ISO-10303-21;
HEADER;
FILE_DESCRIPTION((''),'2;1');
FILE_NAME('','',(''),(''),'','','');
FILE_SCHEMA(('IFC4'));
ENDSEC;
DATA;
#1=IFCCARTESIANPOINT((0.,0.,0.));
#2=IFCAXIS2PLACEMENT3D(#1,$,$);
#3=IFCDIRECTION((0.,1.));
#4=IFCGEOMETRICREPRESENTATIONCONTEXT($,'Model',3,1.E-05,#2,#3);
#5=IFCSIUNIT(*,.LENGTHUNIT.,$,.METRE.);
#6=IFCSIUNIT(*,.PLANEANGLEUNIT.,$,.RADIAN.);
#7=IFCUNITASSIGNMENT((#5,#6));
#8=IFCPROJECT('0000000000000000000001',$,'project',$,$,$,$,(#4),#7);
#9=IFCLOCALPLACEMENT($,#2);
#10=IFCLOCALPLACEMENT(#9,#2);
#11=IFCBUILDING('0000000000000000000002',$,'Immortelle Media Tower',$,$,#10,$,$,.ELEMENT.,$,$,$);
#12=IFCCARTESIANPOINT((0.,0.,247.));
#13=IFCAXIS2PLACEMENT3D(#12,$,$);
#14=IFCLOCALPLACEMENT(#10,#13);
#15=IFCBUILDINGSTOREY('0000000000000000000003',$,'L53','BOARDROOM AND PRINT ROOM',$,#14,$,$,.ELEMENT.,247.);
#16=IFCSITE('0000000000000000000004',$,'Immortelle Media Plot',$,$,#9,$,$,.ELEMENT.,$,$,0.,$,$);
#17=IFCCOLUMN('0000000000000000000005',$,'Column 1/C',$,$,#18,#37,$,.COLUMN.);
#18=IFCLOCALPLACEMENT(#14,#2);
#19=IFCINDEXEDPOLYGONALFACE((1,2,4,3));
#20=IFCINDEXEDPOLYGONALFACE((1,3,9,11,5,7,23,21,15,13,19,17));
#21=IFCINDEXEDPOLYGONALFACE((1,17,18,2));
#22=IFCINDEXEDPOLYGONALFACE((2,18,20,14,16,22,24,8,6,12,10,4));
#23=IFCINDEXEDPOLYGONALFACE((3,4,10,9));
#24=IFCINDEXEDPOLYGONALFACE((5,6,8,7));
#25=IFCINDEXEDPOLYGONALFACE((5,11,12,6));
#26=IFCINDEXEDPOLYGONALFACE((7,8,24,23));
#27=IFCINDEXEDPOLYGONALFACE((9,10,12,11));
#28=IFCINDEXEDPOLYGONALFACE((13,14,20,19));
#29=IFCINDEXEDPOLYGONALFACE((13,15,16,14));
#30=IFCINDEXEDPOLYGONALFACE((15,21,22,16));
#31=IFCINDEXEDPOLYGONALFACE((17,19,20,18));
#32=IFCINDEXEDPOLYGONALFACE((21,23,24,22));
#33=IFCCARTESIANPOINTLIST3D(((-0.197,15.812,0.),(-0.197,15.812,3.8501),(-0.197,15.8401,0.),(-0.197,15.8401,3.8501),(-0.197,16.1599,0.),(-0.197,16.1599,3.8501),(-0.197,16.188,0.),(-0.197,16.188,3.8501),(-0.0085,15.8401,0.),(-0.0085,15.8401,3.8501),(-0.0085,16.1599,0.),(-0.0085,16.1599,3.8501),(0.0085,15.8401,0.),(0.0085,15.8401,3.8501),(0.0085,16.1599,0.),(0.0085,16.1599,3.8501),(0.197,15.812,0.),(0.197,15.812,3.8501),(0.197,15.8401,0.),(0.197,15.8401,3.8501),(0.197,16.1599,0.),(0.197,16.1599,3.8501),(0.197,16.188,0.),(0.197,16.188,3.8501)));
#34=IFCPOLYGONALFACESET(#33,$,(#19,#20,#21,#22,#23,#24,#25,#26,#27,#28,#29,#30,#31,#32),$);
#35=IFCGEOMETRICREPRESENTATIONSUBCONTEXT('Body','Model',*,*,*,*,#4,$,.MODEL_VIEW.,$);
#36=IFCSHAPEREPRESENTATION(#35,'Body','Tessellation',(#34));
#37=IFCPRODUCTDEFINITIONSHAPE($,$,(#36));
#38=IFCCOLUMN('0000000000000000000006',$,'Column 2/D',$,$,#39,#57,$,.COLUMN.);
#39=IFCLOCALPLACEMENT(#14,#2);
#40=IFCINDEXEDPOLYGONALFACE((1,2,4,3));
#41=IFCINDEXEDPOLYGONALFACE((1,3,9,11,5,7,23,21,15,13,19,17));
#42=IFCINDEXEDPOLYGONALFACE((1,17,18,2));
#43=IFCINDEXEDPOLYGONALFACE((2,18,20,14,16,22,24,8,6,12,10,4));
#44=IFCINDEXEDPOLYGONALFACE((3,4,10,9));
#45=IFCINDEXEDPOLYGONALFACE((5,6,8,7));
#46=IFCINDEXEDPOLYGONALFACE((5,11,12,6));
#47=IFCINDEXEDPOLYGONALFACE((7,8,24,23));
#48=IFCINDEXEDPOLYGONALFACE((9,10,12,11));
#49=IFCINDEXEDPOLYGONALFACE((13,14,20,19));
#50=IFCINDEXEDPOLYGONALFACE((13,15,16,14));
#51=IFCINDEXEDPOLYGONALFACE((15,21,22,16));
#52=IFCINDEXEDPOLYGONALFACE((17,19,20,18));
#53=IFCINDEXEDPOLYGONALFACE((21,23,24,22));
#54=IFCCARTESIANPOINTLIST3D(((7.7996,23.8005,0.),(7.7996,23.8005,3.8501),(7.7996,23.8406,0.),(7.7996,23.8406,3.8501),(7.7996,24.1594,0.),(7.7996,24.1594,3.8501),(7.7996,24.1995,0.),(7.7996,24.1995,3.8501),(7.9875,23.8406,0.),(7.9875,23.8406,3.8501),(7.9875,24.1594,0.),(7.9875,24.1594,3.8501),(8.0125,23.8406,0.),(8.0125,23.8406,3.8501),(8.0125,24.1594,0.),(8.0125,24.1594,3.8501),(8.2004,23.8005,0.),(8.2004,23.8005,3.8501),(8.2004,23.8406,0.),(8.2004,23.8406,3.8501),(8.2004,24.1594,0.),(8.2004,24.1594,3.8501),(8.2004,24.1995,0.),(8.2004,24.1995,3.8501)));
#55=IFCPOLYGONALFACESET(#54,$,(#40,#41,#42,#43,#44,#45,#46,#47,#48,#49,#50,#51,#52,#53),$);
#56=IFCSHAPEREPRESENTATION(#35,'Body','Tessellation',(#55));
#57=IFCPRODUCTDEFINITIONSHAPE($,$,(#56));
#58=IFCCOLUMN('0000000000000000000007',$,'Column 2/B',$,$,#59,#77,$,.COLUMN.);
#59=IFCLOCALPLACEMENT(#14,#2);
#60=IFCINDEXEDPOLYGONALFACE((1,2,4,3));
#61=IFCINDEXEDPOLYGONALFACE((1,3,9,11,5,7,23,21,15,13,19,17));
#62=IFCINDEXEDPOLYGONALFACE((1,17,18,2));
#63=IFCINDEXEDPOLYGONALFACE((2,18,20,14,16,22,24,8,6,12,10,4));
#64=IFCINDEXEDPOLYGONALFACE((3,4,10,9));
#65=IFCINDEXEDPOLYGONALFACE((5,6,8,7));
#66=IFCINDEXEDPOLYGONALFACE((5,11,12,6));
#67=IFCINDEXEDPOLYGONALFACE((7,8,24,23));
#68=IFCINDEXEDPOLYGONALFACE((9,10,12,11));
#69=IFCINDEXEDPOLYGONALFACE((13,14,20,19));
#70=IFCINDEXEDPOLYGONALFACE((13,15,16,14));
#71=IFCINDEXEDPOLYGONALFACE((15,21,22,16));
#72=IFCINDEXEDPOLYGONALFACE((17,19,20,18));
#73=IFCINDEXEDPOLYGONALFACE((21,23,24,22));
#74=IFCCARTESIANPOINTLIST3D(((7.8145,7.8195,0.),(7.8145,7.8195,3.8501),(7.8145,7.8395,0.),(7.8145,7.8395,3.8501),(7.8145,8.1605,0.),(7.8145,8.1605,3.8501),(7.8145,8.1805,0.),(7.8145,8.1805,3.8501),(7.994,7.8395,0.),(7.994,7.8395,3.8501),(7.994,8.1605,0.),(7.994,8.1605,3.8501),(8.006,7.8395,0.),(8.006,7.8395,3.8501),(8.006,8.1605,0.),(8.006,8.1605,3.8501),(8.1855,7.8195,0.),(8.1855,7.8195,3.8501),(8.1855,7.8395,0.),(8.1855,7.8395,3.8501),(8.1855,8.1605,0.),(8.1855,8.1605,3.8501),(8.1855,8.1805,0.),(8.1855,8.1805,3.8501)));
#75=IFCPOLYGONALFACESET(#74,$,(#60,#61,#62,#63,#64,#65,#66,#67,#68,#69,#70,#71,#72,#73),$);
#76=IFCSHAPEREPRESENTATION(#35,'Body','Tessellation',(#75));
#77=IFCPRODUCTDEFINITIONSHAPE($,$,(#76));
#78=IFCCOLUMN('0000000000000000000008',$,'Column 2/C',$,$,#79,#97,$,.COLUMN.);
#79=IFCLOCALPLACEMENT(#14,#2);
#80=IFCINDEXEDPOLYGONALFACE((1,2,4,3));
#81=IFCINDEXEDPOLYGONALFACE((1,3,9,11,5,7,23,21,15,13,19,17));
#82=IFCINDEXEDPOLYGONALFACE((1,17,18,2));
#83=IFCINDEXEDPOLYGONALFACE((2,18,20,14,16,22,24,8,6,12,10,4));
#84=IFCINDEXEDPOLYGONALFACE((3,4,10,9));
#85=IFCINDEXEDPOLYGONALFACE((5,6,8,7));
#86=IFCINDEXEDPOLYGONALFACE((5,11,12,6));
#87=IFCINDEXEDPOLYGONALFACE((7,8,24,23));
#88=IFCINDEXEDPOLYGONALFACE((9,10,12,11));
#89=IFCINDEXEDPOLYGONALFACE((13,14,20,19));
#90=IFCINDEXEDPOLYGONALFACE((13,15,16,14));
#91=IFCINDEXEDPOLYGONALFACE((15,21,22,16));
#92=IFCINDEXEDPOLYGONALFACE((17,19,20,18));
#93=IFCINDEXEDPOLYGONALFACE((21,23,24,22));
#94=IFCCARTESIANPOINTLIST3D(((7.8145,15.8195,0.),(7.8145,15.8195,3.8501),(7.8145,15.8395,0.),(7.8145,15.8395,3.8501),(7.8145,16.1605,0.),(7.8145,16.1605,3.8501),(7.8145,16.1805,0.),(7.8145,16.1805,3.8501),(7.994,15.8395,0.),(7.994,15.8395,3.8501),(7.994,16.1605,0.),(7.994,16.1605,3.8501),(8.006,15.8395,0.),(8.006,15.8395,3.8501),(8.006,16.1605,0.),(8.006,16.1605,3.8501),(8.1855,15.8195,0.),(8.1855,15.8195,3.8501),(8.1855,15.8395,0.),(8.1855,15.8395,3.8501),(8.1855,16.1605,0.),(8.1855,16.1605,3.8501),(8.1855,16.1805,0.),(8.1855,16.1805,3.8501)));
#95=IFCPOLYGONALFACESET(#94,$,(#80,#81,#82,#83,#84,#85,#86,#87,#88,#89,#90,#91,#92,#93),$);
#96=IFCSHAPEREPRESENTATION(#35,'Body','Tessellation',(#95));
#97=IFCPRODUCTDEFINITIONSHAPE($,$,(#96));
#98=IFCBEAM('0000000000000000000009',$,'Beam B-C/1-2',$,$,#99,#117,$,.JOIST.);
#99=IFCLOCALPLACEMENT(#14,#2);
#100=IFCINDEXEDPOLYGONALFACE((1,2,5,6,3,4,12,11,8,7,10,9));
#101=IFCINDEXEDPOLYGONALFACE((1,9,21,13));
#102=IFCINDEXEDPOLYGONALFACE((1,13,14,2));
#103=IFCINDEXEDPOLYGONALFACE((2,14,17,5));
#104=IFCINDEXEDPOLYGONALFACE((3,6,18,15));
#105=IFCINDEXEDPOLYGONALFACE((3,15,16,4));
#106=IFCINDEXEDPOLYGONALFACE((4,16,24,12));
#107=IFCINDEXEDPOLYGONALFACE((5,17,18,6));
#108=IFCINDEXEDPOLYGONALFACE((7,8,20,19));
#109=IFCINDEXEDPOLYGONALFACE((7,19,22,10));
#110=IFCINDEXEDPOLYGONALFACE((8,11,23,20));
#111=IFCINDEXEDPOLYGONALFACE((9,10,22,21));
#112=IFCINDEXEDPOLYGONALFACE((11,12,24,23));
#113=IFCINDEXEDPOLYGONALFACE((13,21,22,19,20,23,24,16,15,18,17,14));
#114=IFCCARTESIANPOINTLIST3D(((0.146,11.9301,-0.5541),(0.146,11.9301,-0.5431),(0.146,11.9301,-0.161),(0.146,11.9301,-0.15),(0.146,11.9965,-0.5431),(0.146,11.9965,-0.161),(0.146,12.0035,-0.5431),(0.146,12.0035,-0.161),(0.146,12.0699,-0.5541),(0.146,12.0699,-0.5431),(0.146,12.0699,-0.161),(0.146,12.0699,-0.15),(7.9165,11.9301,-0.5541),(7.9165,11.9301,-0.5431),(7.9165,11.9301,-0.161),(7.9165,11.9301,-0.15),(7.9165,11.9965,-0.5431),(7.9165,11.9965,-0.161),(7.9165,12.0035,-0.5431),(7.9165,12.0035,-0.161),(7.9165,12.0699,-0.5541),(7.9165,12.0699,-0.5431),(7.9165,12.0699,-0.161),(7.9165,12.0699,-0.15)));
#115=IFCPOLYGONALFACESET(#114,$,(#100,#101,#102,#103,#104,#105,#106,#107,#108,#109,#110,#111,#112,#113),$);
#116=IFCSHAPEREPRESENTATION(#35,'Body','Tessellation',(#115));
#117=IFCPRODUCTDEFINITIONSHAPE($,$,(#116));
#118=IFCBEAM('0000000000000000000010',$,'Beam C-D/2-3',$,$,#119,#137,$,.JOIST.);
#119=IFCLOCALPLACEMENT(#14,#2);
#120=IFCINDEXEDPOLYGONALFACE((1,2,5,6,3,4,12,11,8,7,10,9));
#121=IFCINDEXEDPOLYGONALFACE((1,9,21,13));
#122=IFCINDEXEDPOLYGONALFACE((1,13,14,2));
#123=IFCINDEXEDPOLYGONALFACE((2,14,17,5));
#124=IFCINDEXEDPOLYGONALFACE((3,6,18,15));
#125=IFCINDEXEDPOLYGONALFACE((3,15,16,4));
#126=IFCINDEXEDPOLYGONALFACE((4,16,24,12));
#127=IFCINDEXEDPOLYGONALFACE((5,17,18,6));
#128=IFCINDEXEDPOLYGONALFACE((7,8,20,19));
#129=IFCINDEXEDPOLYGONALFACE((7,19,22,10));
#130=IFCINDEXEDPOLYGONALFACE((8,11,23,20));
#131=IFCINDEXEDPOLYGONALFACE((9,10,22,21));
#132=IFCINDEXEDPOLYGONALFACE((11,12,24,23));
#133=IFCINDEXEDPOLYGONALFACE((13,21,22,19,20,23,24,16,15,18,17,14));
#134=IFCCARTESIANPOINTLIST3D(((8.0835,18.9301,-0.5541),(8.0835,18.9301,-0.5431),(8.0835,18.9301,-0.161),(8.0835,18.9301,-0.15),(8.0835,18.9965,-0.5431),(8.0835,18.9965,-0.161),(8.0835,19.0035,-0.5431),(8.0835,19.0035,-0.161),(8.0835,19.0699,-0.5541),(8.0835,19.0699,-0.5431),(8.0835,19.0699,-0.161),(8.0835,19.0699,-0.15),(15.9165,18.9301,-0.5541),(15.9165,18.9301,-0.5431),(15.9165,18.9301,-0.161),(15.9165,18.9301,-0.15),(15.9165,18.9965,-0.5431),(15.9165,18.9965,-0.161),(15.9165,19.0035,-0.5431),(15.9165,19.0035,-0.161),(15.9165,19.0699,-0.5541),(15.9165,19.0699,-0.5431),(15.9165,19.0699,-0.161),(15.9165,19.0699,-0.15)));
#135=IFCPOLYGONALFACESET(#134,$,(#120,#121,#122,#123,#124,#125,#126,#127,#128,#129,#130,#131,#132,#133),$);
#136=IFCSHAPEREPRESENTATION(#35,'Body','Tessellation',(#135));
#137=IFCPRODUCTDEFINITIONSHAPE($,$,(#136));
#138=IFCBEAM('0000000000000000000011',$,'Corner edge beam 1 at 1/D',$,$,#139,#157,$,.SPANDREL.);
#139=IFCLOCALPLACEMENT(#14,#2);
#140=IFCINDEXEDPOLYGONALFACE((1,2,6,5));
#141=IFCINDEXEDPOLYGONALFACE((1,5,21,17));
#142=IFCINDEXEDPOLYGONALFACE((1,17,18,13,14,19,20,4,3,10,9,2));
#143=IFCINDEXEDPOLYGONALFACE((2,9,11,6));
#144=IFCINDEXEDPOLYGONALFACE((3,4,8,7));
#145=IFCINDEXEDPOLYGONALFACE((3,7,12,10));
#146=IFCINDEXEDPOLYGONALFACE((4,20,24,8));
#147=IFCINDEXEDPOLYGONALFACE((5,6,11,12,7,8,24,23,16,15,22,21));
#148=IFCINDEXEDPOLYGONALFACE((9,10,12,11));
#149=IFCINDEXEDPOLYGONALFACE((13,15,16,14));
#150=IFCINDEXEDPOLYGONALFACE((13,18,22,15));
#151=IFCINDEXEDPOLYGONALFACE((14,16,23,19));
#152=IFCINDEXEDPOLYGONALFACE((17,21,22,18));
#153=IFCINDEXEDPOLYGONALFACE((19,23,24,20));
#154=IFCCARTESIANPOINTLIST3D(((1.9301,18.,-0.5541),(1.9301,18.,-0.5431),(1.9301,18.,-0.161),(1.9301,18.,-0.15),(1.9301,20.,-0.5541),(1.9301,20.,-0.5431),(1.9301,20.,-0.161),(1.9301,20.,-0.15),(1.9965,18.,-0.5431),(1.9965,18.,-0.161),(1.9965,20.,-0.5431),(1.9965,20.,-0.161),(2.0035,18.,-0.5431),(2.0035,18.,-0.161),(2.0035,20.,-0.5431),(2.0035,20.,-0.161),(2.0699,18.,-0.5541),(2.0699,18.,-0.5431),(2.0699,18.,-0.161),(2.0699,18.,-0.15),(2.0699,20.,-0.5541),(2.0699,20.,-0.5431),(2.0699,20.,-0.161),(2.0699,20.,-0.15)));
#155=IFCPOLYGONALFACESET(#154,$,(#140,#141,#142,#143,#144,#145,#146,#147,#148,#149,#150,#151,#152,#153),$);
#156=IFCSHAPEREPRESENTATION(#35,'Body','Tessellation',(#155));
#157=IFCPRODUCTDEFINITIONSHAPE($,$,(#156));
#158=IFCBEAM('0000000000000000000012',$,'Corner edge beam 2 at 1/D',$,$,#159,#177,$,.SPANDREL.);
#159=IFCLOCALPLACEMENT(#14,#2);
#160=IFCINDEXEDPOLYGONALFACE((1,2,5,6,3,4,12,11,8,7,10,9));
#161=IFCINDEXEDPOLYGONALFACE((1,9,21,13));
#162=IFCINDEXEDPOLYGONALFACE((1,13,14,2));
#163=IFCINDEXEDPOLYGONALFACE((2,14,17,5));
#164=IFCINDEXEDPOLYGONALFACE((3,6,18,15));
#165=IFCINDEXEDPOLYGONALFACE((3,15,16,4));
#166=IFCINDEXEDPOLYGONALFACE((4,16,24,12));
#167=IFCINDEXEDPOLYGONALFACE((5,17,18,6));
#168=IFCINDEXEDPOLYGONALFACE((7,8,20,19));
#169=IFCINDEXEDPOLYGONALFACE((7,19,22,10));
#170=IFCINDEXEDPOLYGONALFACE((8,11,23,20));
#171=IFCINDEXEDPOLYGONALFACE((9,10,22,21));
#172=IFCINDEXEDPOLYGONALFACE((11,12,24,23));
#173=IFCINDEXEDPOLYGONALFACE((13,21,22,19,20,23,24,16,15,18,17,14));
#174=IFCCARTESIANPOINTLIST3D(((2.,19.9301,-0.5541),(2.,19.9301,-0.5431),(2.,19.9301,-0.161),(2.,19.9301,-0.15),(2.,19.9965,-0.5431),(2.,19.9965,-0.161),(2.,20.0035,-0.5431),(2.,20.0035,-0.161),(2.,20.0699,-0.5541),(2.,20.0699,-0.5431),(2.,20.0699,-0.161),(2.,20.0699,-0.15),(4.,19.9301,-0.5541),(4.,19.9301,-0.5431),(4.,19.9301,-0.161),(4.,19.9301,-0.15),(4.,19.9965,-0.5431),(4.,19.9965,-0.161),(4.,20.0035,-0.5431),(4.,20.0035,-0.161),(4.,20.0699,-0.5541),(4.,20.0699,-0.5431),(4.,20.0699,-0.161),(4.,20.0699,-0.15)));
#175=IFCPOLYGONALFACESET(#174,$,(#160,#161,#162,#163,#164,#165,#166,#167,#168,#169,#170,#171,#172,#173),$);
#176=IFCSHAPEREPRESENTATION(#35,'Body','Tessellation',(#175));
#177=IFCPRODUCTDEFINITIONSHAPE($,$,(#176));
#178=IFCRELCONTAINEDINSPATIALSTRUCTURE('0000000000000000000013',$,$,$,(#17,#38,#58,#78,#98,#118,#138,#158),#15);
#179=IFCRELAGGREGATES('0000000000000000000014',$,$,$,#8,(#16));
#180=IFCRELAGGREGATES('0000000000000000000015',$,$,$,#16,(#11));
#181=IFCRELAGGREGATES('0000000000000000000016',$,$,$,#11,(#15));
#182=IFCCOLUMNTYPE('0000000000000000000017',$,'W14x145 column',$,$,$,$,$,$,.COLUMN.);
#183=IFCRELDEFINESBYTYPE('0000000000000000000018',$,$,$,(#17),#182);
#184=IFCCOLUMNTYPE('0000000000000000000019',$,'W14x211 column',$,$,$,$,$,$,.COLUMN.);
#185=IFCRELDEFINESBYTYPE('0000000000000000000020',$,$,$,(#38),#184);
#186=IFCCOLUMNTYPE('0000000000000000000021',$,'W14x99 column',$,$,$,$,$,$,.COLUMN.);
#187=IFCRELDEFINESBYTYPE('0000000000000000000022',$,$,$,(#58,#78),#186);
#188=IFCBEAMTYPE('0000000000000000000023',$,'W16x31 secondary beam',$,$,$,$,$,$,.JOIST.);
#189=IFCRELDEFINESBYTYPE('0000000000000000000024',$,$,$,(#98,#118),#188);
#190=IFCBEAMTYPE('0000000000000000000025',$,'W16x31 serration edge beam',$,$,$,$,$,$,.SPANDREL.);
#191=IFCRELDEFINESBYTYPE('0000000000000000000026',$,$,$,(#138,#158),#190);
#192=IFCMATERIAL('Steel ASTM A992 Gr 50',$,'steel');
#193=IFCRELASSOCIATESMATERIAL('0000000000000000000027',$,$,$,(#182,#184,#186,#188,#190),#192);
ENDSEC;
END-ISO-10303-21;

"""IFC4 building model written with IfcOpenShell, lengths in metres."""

from ifc_helpers import new_model, si_unit, direction, frame, origin, origin_2d, place, context, subcontext, project, spatial, i_section, extrude, material, material_profile, profile_set, type_object, element, save


model = new_model("IFC4")

# Units and contexts
model_context = context("Model", 3, precision=1e-05, world=origin(), true_north=direction((0.0, 1.0)))
body_context = subcontext(model_context, "Body", "Model", "MODEL_VIEW")
ifc_project = project(units=[si_unit("LENGTHUNIT", "METRE"), si_unit("PLANEANGLEUNIT", "RADIAN")], contexts=[model_context])

# Site, building, storey
site_placement = place(None, origin())
site = spatial("IfcSite", under=ifc_project, at=site_placement, Name="Immortelle Media Plot", CompositionType="ELEMENT", RefElevation=0.0)
building_placement = place(site_placement, origin())
building = spatial("IfcBuilding", under=site, at=building_placement, Name="Immortelle Media Tower", CompositionType="ELEMENT")
storey_placement = place(building_placement, frame((0.0, 0.0, 247.0)))
storey = spatial("IfcBuildingStorey", under=building, at=storey_placement, Name="L53", Description="BOARDROOM AND PRINT ROOM", CompositionType="ELEMENT", Elevation=247.0)

# Columns
ifc_material_1 = material(Name="Steel ASTM A992 Gr 50", Category="steel")
ifc_material_profile_1 = material_profile(ifc_material_1, i_section(OverallWidth=0.394, OverallDepth=0.376, WebThickness=0.0171, FlangeThickness=0.0281, at=origin_2d()), Name="W14x145")
ifc_profile_set_1 = profile_set([ifc_material_profile_1], Name="Steel ASTM A992 Gr 50")
column_type_1 = type_object("IfcColumnType", Name="W14x145 column", PredefinedType="COLUMN", material=ifc_profile_set_1)
column_1_placement = place(storey_placement, frame((0.0, 16.0, 0.0), z_axis=(0.0, 0.0, 1.0), x_axis=(1.0, 0.0, 0.0)))
element("IfcColumn", 1, at=column_1_placement, inside=storey, type_object=column_type_1, Name="Column 1/C", PredefinedType="COLUMN", context=body_context, shape_type="SweptSolid", body=[
    extrude(i_section(OverallWidth=0.394, OverallDepth=0.376, WebThickness=0.0171, FlangeThickness=0.0281, at=origin_2d()), origin(), (0.0, 0.0, 1.0), 3.8501),
])
ifc_material_profile_2 = material_profile(ifc_material_1, i_section(OverallWidth=0.4009, OverallDepth=0.3989, WebThickness=0.0249, FlangeThickness=0.04, at=origin_2d()), Name="W14x211")
ifc_profile_set_2 = profile_set([ifc_material_profile_2], Name="Steel ASTM A992 Gr 50")
column_type_2 = type_object("IfcColumnType", Name="W14x211 column", PredefinedType="COLUMN", material=ifc_profile_set_2)
column_2_placement = place(storey_placement, frame((8.0, 24.0, 0.0), z_axis=(0.0, 0.0, 1.0), x_axis=(1.0, 0.0, 0.0)))
element("IfcColumn", 2, at=column_2_placement, inside=storey, type_object=column_type_2, Name="Column 2/D", PredefinedType="COLUMN", context=body_context, shape_type="SweptSolid", body=[
    extrude(i_section(OverallWidth=0.4009, OverallDepth=0.3989, WebThickness=0.0249, FlangeThickness=0.04, at=origin_2d()), origin(), (0.0, 0.0, 1.0), 3.8501),
])
ifc_material_profile_3 = material_profile(ifc_material_1, i_section(OverallWidth=0.3711, OverallDepth=0.3611, WebThickness=0.012, FlangeThickness=0.02, at=origin_2d()), Name="W14x99")
ifc_profile_set_3 = profile_set([ifc_material_profile_3], Name="Steel ASTM A992 Gr 50")
column_type_3 = type_object("IfcColumnType", Name="W14x99 column", PredefinedType="COLUMN", material=ifc_profile_set_3)
for number, where, z_axis, x_axis, name in (
    (3, (8.0, 8.0, 0.0), (0.0, 0.0, 1.0), (1.0, 0.0, 0.0), "Column 2/B"),
    (4, (8.0, 16.0, 0.0), (0.0, 0.0, 1.0), (1.0, 0.0, 0.0), "Column 2/C"),
):
    element("IfcColumn", number, at=place(storey_placement, frame(where, z_axis=z_axis, x_axis=x_axis)), inside=storey, type_object=column_type_3, Name=name, PredefinedType="COLUMN", context=body_context, shape_type="SweptSolid", body=[
        extrude(i_section(OverallWidth=0.3711, OverallDepth=0.3611, WebThickness=0.012, FlangeThickness=0.02, at=origin_2d()), origin(), (0.0, 0.0, 1.0), 3.8501),
    ])

# Beams
ifc_material_profile_4 = material_profile(ifc_material_1, i_section(OverallWidth=0.1399, OverallDepth=0.4041, WebThickness=0.0071, FlangeThickness=0.011, at=origin_2d()), Name="W16x31")
ifc_profile_set_4 = profile_set([ifc_material_profile_4], Name="Steel ASTM A992 Gr 50")
beam_type_1 = type_object("IfcBeamType", Name="W16x31 secondary beam", PredefinedType="JOIST", material=ifc_profile_set_4)
beam_1_placement = place(storey_placement, frame((0.146, 12.0, -0.3521), z_axis=(1.0, 0.0, 0.0), x_axis=(0.0, 1.0, 0.0)))
element("IfcBeam", 5, at=beam_1_placement, inside=storey, type_object=beam_type_1, Name="Beam B-C/1-2", PredefinedType="JOIST", context=body_context, shape_type="SweptSolid", body=[
    extrude(i_section(OverallWidth=0.1399, OverallDepth=0.4041, WebThickness=0.0071, FlangeThickness=0.011, at=origin_2d()), origin(), (0.0, 0.0, 1.0), 7.7705),
])
beam_2_placement = place(storey_placement, frame((8.0835, 19.0, -0.3521), z_axis=(1.0, 0.0, 0.0), x_axis=(0.0, 1.0, 0.0)))
element("IfcBeam", 6, at=beam_2_placement, inside=storey, type_object=beam_type_1, Name="Beam C-D/2-3", PredefinedType="JOIST", context=body_context, shape_type="SweptSolid", body=[
    extrude(i_section(OverallWidth=0.1399, OverallDepth=0.4041, WebThickness=0.0071, FlangeThickness=0.011, at=origin_2d()), origin(), (0.0, 0.0, 1.0), 7.833),
])
ifc_material_profile_5 = material_profile(ifc_material_1, i_section(OverallWidth=0.1399, OverallDepth=0.4041, WebThickness=0.0071, FlangeThickness=0.011, at=origin_2d()), Name="W16x31")
ifc_profile_set_5 = profile_set([ifc_material_profile_5], Name="Steel ASTM A992 Gr 50")
beam_type_2 = type_object("IfcBeamType", Name="W16x31 serration edge beam", PredefinedType="SPANDREL", material=ifc_profile_set_5)
for number, where, z_axis, x_axis, name in (
    (7, (2.0, 18.0, -0.3521), (0.0, 1.0, 0.0), (-1.0, 0.0, 0.0), "Corner edge beam 1 at 1/D"),
    (8, (2.0, 20.0, -0.3521), (1.0, 0.0, 0.0), (0.0, 1.0, 0.0), "Corner edge beam 2 at 1/D"),
):
    element("IfcBeam", number, at=place(storey_placement, frame(where, z_axis=z_axis, x_axis=x_axis)), inside=storey, type_object=beam_type_2, Name=name, PredefinedType="SPANDREL", context=body_context, shape_type="SweptSolid", body=[
        extrude(i_section(OverallWidth=0.1399, OverallDepth=0.4041, WebThickness=0.0071, FlangeThickness=0.011, at=origin_2d()), origin(), (0.0, 0.0, 1.0), 2.0),
    ])

save(model, "model.ifc")
